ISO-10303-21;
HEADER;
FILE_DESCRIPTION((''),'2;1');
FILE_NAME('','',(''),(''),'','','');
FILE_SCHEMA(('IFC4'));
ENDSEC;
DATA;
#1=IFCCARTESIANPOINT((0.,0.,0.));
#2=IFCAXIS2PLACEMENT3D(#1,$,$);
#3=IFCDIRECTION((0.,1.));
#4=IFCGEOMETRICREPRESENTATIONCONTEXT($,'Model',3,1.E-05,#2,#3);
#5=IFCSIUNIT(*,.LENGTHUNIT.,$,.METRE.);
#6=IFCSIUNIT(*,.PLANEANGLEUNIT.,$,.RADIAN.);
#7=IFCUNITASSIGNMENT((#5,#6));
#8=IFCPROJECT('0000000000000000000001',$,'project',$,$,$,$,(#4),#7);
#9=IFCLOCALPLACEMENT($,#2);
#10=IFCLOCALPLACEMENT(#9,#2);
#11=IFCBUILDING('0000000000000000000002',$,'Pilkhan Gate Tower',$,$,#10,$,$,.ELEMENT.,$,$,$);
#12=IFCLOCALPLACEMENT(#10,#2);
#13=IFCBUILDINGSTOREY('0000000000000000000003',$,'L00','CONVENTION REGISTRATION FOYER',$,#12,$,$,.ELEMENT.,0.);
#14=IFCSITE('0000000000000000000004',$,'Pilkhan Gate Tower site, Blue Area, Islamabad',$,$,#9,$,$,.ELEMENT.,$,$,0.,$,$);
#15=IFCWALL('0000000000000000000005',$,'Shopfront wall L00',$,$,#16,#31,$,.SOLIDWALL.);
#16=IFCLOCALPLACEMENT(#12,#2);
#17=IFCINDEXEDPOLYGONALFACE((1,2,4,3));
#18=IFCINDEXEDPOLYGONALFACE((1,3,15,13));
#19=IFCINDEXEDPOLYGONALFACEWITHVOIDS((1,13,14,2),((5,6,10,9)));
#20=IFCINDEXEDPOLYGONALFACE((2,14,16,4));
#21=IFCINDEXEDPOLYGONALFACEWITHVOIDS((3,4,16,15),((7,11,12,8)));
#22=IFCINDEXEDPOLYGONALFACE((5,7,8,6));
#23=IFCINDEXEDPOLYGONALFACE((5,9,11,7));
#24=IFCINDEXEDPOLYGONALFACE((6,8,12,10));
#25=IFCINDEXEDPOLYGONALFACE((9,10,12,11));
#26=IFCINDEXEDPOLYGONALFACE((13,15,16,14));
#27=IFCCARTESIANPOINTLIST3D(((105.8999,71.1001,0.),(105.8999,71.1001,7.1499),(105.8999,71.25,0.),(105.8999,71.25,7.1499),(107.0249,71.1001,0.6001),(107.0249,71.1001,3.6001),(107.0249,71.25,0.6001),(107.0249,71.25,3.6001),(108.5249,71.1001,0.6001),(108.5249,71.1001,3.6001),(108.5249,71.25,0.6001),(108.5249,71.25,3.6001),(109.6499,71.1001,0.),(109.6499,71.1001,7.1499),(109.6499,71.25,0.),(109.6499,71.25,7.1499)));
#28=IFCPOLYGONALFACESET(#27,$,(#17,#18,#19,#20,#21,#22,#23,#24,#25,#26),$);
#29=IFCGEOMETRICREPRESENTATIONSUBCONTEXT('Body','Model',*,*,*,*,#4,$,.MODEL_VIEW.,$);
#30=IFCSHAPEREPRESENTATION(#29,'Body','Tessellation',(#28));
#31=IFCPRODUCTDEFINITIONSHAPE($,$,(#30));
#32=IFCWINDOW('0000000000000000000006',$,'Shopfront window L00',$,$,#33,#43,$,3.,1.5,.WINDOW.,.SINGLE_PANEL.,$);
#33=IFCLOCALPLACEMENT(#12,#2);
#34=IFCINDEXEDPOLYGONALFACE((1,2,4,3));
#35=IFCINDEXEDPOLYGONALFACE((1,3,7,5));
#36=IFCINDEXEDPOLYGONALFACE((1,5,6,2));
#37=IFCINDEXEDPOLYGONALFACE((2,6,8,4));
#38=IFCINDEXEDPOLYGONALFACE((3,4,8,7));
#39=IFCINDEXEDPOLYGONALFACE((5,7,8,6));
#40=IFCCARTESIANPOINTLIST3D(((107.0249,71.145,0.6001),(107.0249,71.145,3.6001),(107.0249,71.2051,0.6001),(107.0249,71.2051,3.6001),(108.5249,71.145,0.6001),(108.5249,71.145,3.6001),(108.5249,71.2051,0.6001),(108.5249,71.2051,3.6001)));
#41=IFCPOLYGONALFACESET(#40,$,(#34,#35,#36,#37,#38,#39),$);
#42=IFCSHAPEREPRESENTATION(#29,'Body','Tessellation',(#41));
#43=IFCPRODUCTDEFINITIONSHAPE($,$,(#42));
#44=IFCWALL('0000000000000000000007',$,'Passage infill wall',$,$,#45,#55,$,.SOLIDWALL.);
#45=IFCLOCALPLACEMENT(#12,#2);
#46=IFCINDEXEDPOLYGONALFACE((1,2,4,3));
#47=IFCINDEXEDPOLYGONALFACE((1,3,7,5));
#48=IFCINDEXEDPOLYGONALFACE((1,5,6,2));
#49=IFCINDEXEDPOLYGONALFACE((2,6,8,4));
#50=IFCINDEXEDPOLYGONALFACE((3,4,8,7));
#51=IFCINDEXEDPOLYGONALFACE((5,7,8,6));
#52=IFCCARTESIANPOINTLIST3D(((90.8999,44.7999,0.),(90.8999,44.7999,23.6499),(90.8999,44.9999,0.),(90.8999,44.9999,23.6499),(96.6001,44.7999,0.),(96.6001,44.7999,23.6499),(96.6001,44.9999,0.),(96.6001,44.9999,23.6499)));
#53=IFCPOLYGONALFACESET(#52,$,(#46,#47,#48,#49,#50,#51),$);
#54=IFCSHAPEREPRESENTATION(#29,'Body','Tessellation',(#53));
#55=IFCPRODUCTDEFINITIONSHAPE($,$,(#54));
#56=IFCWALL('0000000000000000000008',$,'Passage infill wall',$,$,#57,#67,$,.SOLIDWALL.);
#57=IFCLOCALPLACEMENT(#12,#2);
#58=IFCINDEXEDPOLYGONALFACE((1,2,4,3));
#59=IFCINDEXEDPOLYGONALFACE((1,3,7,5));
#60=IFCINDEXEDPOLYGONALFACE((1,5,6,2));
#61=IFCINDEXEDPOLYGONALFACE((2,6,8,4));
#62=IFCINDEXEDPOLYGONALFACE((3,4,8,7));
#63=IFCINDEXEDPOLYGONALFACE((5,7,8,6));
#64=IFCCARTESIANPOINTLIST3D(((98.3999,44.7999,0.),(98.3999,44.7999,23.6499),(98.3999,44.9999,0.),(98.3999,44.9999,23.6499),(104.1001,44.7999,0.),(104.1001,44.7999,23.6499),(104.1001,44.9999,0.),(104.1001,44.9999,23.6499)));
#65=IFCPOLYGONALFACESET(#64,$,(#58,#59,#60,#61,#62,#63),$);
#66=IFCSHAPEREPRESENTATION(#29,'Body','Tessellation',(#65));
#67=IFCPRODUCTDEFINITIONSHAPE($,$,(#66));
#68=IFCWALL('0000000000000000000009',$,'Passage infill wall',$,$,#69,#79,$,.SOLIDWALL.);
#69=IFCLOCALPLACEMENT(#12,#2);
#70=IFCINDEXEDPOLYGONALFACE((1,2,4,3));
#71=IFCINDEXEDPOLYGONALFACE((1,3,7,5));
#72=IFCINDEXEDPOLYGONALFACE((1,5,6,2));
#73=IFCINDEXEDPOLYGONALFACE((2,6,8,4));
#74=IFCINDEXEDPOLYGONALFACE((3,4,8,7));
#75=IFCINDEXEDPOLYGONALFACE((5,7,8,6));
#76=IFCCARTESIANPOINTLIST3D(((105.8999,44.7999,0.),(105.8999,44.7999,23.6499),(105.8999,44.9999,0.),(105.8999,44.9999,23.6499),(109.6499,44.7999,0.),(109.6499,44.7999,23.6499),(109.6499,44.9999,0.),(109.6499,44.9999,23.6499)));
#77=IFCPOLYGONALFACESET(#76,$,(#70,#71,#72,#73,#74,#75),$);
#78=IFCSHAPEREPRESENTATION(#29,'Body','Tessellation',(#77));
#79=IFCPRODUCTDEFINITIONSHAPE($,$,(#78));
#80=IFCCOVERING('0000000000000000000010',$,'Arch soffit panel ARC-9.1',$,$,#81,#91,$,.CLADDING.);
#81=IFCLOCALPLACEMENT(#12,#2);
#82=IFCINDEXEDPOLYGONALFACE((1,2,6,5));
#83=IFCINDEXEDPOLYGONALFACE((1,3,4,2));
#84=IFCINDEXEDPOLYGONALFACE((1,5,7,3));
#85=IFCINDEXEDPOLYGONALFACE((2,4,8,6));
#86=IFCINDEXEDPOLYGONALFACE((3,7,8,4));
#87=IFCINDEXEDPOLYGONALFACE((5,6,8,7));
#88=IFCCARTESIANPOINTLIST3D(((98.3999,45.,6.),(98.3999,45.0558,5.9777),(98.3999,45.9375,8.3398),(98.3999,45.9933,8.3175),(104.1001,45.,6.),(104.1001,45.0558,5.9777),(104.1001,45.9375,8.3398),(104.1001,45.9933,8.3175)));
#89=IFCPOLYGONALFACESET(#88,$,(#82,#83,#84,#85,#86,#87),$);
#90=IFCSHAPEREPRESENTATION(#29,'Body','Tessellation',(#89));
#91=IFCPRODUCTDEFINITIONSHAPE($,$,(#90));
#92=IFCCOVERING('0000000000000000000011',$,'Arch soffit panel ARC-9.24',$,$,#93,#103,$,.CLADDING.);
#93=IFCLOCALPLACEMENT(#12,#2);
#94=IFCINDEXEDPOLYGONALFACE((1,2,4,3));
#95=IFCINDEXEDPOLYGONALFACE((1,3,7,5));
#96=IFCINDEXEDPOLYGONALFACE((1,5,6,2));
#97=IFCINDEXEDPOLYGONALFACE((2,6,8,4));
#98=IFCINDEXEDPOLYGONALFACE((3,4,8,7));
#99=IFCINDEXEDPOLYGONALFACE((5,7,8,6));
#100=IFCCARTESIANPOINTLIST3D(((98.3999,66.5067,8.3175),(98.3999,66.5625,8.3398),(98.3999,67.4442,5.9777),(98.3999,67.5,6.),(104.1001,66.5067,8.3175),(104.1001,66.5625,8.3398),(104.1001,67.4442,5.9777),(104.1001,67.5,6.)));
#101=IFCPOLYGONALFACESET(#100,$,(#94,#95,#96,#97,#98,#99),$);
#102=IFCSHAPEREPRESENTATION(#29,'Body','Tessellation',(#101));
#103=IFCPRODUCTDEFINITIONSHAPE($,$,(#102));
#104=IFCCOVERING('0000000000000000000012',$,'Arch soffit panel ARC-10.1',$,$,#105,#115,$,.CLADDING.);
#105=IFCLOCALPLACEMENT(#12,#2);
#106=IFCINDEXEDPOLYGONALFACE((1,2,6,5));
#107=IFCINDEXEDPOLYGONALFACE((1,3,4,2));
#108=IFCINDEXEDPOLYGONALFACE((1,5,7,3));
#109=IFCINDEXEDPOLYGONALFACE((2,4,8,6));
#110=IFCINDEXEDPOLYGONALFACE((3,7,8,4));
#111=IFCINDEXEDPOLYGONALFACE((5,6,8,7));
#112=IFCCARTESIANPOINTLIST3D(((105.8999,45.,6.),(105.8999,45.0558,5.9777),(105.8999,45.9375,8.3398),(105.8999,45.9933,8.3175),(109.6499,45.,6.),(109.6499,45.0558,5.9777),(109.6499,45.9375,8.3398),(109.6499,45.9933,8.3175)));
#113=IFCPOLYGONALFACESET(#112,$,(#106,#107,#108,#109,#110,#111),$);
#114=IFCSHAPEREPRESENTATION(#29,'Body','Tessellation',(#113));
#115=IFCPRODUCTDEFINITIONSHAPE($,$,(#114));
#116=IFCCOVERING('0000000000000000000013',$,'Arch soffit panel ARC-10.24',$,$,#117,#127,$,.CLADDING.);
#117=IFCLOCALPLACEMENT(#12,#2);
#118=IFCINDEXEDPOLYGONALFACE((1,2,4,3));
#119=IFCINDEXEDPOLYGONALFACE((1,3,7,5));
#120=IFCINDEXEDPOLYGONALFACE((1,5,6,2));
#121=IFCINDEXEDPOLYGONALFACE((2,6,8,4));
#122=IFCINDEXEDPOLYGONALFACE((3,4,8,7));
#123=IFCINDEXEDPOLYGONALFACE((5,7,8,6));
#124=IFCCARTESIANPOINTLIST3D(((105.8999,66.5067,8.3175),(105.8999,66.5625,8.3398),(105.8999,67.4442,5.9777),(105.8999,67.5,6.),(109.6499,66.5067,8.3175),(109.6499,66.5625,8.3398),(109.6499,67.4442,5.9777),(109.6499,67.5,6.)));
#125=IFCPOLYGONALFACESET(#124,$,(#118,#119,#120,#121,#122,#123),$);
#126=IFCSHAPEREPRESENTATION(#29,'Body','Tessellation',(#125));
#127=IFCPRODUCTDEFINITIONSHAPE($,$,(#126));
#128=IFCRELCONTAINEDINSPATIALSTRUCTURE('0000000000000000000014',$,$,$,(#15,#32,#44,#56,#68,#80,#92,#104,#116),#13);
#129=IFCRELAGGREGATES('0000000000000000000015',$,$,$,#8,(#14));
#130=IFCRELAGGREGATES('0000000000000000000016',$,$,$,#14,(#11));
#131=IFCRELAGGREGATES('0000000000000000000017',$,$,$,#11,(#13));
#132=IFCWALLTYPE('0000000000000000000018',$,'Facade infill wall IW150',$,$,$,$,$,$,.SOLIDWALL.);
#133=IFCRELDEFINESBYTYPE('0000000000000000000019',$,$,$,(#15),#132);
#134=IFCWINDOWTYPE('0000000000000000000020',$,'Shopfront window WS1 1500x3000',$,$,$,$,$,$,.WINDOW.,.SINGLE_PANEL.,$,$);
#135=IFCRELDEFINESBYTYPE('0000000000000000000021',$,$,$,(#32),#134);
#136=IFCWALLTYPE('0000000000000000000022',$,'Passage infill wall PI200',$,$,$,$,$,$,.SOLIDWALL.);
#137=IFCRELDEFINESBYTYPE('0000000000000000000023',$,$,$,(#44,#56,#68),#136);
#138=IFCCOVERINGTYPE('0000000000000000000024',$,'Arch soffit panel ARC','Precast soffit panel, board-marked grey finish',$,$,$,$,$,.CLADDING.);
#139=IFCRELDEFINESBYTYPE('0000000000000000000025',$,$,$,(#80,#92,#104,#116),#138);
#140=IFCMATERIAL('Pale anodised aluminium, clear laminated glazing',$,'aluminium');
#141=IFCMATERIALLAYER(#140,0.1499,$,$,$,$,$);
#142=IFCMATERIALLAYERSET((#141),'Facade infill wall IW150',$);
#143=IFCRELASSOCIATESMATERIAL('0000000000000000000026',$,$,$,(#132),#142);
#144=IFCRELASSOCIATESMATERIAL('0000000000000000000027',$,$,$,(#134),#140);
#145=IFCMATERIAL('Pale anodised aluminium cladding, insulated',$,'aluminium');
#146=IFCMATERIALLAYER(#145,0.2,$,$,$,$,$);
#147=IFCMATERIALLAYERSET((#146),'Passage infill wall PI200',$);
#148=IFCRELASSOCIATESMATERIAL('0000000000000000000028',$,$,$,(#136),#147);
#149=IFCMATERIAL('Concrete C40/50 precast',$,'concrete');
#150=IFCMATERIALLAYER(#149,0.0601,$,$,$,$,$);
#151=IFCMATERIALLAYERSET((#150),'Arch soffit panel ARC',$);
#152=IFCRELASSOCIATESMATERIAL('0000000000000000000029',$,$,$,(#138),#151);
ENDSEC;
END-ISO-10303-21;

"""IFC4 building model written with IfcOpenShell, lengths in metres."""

from ifc_helpers import new_model, si_unit, direction, frame, frame_2d, origin, place, context, subcontext, project, spatial, polyline, rectangle, outline, extrude, material, layer, layer_set, type_object, element, fill, save


model = new_model("IFC4")

# Units and contexts
model_context = context("Model", 3, precision=1e-05, world=origin(), true_north=direction((0.0, 1.0)))
body_context = subcontext(model_context, "Body", "Model", "MODEL_VIEW")
ifc_project = project(units=[si_unit("LENGTHUNIT", "METRE"), si_unit("PLANEANGLEUNIT", "RADIAN")], contexts=[model_context])

# Site, building, storey
site_placement = place(None, origin())
site = spatial("IfcSite", under=ifc_project, at=site_placement, Name="Pilkhan Gate Tower site, Blue Area, Islamabad", CompositionType="ELEMENT", RefElevation=0.0)
building_placement = place(site_placement, origin())
building = spatial("IfcBuilding", under=site, at=building_placement, Name="Pilkhan Gate Tower", CompositionType="ELEMENT")
storey_placement = place(building_placement, origin())
storey = spatial("IfcBuildingStorey", under=building, at=storey_placement, Name="L00", Description="CONVENTION REGISTRATION FOYER", CompositionType="ELEMENT", Elevation=0.0)

# Shared definitions
ifc_material_1 = material(Name="Pale anodised aluminium, clear laminated glazing", Category="aluminium")
ifc_layer_1 = layer(ifc_material_1, 0.1499)
ifc_layer_set_1 = layer_set([ifc_layer_1], Name="Facade infill wall IW150")
wall_type_1 = type_object("IfcWallType", Name="Facade infill wall IW150", PredefinedType="SOLIDWALL", material=ifc_layer_set_1)

# Shared definitions
window_type = type_object("IfcWindowType", Name="Shopfront window WS1 1500x3000", PartitioningType="SINGLE_PANEL", PredefinedType="WINDOW", material=ifc_material_1)

# Wall, opening, window
wall_1_placement = place(storey_placement, frame((109.6499, 71.175, 0.0), z_axis=(0.0, 0.0, 1.0), x_axis=(-1.0, 0.0, 0.0)))
wall_1 = element("IfcWall", 1, at=wall_1_placement, inside=storey, type_object=wall_type_1, Name="Shopfront wall L00", PredefinedType="SOLIDWALL", context=body_context, shape_type="SweptSolid", body=[
    extrude(rectangle(XDim=3.75, YDim=0.1499, at=frame_2d((1.875, 0.0))), origin(), (0.0, 0.0, 1.0), 7.1499),
])
opening_1_placement = place(wall_1_placement, frame((1.125, 0.0, 0.6001)))
opening_1 = element("IfcOpeningElement", 2, at=opening_1_placement, cuts=wall_1, PredefinedType="OPENING", context=body_context, shape_type="SweptSolid", body=[
    extrude(rectangle(XDim=1.5, YDim=3.0, at=frame_2d((0.75, 1.5))), frame((0.0, 0.085, 0.0), z_axis=(0.0, -1.0, 0.0), x_axis=(1.0, 0.0, 0.0)), (0.0, 0.0, 1.0), 0.1699),
])
window_1_placement = place(opening_1_placement, origin())
window_1 = element("IfcWindow", 3, at=window_1_placement, inside=storey, type_object=window_type, Name="Shopfront window L00", OverallHeight=3.0, OverallWidth=1.5, PartitioningType="SINGLE_PANEL", PredefinedType="WINDOW", context=body_context, shape_type="SweptSolid", body=[
    extrude(rectangle(XDim=1.5, YDim=3.0, at=frame_2d((0.75, 1.5))), frame((0.0, 0.03, 0.0), z_axis=(0.0, -1.0, 0.0), x_axis=(1.0, 0.0, 0.0)), (0.0, 0.0, 1.0), 0.0601),
])
fill(opening_1, window_1)

# Walls
ifc_material_2 = material(Name="Pale anodised aluminium cladding, insulated", Category="aluminium")
ifc_layer_2 = layer(ifc_material_2, 0.2)
ifc_layer_set_2 = layer_set([ifc_layer_2], Name="Passage infill wall PI200")
wall_type_2 = type_object("IfcWallType", Name="Passage infill wall PI200", PredefinedType="SOLIDWALL", material=ifc_layer_set_2)
for number, where, z_axis, x_axis, name in (
    (4, (96.6001, 44.8999, 0.0), (0.0, 0.0, 1.0), (-1.0, 0.0, 0.0), "Passage infill wall"),
    (5, (104.1001, 44.8999, 0.0), (0.0, 0.0, 1.0), (-1.0, 0.0, 0.0), "Passage infill wall"),
):
    element("IfcWall", number, at=place(storey_placement, frame(where, z_axis=z_axis, x_axis=x_axis)), inside=storey, type_object=wall_type_2, Name=name, PredefinedType="SOLIDWALL", context=body_context, shape_type="SweptSolid", body=[
        extrude(rectangle(XDim=5.7002, YDim=0.2, at=frame_2d((2.8501, 0.0))), origin(), (0.0, 0.0, 1.0), 23.6499),
    ])
wall_2_placement = place(storey_placement, frame((109.6499, 44.8999, 0.0), z_axis=(0.0, 0.0, 1.0), x_axis=(-1.0, 0.0, 0.0)))
element("IfcWall", 6, at=wall_2_placement, inside=storey, type_object=wall_type_2, Name="Passage infill wall", PredefinedType="SOLIDWALL", context=body_context, shape_type="SweptSolid", body=[
    extrude(rectangle(XDim=3.75, YDim=0.2, at=frame_2d((1.875, 0.0))), origin(), (0.0, 0.0, 1.0), 23.6499),
])

# Coverings
ifc_material_3 = material(Name="Concrete C40/50 precast", Category="concrete")
ifc_layer_3 = layer(ifc_material_3, 0.0601)
ifc_layer_set_3 = layer_set([ifc_layer_3], Name="Arch soffit panel ARC")
covering_type = type_object("IfcCoveringType", Name="Arch soffit panel ARC", Description="Precast soffit panel, board-marked grey finish", PredefinedType="CLADDING", material=ifc_layer_set_3)
for number, where, z_axis, x_axis, name in (
    (7, (98.3999, 45.0, 6.0), (0.0, -0.928263, 0.371925), (1.0, 0.0, 0.0), "Arch soffit panel ARC-9.1"),
    (8, (98.3999, 66.5625, 8.3398), (0.0, 0.928263, 0.371925), (1.0, 0.0, 0.0), "Arch soffit panel ARC-9.24"),
):
    element("IfcCovering", number, at=place(storey_placement, frame(where, z_axis=z_axis, x_axis=x_axis)), inside=storey, type_object=covering_type, Name=name, PredefinedType="CLADDING", context=body_context, shape_type="SweptSolid", body=[
        extrude(outline(polyline([(0.0, 0.0), (5.7002, 0.0), (5.7002, 2.5207), (0.0, 2.5207), (0.0, 0.0)])), origin(), (0.0, 0.0, -1.0), 0.0601),
    ])
for number, where, z_axis, x_axis, name in (
    (9, (105.8999, 45.0, 6.0), (0.0, -0.928263, 0.371925), (1.0, 0.0, 0.0), "Arch soffit panel ARC-10.1"),
    (10, (105.8999, 66.5625, 8.3398), (0.0, 0.928263, 0.371925), (1.0, 0.0, 0.0), "Arch soffit panel ARC-10.24"),
):
    element("IfcCovering", number, at=place(storey_placement, frame(where, z_axis=z_axis, x_axis=x_axis)), inside=storey, type_object=covering_type, Name=name, PredefinedType="CLADDING", context=body_context, shape_type="SweptSolid", body=[
        extrude(outline(polyline([(0.0, 0.0), (3.75, 0.0), (3.75, 2.5207), (0.0, 2.5207), (0.0, 0.0)])), origin(), (0.0, 0.0, -1.0), 0.0601),
    ])

save(model, "model.ifc")
